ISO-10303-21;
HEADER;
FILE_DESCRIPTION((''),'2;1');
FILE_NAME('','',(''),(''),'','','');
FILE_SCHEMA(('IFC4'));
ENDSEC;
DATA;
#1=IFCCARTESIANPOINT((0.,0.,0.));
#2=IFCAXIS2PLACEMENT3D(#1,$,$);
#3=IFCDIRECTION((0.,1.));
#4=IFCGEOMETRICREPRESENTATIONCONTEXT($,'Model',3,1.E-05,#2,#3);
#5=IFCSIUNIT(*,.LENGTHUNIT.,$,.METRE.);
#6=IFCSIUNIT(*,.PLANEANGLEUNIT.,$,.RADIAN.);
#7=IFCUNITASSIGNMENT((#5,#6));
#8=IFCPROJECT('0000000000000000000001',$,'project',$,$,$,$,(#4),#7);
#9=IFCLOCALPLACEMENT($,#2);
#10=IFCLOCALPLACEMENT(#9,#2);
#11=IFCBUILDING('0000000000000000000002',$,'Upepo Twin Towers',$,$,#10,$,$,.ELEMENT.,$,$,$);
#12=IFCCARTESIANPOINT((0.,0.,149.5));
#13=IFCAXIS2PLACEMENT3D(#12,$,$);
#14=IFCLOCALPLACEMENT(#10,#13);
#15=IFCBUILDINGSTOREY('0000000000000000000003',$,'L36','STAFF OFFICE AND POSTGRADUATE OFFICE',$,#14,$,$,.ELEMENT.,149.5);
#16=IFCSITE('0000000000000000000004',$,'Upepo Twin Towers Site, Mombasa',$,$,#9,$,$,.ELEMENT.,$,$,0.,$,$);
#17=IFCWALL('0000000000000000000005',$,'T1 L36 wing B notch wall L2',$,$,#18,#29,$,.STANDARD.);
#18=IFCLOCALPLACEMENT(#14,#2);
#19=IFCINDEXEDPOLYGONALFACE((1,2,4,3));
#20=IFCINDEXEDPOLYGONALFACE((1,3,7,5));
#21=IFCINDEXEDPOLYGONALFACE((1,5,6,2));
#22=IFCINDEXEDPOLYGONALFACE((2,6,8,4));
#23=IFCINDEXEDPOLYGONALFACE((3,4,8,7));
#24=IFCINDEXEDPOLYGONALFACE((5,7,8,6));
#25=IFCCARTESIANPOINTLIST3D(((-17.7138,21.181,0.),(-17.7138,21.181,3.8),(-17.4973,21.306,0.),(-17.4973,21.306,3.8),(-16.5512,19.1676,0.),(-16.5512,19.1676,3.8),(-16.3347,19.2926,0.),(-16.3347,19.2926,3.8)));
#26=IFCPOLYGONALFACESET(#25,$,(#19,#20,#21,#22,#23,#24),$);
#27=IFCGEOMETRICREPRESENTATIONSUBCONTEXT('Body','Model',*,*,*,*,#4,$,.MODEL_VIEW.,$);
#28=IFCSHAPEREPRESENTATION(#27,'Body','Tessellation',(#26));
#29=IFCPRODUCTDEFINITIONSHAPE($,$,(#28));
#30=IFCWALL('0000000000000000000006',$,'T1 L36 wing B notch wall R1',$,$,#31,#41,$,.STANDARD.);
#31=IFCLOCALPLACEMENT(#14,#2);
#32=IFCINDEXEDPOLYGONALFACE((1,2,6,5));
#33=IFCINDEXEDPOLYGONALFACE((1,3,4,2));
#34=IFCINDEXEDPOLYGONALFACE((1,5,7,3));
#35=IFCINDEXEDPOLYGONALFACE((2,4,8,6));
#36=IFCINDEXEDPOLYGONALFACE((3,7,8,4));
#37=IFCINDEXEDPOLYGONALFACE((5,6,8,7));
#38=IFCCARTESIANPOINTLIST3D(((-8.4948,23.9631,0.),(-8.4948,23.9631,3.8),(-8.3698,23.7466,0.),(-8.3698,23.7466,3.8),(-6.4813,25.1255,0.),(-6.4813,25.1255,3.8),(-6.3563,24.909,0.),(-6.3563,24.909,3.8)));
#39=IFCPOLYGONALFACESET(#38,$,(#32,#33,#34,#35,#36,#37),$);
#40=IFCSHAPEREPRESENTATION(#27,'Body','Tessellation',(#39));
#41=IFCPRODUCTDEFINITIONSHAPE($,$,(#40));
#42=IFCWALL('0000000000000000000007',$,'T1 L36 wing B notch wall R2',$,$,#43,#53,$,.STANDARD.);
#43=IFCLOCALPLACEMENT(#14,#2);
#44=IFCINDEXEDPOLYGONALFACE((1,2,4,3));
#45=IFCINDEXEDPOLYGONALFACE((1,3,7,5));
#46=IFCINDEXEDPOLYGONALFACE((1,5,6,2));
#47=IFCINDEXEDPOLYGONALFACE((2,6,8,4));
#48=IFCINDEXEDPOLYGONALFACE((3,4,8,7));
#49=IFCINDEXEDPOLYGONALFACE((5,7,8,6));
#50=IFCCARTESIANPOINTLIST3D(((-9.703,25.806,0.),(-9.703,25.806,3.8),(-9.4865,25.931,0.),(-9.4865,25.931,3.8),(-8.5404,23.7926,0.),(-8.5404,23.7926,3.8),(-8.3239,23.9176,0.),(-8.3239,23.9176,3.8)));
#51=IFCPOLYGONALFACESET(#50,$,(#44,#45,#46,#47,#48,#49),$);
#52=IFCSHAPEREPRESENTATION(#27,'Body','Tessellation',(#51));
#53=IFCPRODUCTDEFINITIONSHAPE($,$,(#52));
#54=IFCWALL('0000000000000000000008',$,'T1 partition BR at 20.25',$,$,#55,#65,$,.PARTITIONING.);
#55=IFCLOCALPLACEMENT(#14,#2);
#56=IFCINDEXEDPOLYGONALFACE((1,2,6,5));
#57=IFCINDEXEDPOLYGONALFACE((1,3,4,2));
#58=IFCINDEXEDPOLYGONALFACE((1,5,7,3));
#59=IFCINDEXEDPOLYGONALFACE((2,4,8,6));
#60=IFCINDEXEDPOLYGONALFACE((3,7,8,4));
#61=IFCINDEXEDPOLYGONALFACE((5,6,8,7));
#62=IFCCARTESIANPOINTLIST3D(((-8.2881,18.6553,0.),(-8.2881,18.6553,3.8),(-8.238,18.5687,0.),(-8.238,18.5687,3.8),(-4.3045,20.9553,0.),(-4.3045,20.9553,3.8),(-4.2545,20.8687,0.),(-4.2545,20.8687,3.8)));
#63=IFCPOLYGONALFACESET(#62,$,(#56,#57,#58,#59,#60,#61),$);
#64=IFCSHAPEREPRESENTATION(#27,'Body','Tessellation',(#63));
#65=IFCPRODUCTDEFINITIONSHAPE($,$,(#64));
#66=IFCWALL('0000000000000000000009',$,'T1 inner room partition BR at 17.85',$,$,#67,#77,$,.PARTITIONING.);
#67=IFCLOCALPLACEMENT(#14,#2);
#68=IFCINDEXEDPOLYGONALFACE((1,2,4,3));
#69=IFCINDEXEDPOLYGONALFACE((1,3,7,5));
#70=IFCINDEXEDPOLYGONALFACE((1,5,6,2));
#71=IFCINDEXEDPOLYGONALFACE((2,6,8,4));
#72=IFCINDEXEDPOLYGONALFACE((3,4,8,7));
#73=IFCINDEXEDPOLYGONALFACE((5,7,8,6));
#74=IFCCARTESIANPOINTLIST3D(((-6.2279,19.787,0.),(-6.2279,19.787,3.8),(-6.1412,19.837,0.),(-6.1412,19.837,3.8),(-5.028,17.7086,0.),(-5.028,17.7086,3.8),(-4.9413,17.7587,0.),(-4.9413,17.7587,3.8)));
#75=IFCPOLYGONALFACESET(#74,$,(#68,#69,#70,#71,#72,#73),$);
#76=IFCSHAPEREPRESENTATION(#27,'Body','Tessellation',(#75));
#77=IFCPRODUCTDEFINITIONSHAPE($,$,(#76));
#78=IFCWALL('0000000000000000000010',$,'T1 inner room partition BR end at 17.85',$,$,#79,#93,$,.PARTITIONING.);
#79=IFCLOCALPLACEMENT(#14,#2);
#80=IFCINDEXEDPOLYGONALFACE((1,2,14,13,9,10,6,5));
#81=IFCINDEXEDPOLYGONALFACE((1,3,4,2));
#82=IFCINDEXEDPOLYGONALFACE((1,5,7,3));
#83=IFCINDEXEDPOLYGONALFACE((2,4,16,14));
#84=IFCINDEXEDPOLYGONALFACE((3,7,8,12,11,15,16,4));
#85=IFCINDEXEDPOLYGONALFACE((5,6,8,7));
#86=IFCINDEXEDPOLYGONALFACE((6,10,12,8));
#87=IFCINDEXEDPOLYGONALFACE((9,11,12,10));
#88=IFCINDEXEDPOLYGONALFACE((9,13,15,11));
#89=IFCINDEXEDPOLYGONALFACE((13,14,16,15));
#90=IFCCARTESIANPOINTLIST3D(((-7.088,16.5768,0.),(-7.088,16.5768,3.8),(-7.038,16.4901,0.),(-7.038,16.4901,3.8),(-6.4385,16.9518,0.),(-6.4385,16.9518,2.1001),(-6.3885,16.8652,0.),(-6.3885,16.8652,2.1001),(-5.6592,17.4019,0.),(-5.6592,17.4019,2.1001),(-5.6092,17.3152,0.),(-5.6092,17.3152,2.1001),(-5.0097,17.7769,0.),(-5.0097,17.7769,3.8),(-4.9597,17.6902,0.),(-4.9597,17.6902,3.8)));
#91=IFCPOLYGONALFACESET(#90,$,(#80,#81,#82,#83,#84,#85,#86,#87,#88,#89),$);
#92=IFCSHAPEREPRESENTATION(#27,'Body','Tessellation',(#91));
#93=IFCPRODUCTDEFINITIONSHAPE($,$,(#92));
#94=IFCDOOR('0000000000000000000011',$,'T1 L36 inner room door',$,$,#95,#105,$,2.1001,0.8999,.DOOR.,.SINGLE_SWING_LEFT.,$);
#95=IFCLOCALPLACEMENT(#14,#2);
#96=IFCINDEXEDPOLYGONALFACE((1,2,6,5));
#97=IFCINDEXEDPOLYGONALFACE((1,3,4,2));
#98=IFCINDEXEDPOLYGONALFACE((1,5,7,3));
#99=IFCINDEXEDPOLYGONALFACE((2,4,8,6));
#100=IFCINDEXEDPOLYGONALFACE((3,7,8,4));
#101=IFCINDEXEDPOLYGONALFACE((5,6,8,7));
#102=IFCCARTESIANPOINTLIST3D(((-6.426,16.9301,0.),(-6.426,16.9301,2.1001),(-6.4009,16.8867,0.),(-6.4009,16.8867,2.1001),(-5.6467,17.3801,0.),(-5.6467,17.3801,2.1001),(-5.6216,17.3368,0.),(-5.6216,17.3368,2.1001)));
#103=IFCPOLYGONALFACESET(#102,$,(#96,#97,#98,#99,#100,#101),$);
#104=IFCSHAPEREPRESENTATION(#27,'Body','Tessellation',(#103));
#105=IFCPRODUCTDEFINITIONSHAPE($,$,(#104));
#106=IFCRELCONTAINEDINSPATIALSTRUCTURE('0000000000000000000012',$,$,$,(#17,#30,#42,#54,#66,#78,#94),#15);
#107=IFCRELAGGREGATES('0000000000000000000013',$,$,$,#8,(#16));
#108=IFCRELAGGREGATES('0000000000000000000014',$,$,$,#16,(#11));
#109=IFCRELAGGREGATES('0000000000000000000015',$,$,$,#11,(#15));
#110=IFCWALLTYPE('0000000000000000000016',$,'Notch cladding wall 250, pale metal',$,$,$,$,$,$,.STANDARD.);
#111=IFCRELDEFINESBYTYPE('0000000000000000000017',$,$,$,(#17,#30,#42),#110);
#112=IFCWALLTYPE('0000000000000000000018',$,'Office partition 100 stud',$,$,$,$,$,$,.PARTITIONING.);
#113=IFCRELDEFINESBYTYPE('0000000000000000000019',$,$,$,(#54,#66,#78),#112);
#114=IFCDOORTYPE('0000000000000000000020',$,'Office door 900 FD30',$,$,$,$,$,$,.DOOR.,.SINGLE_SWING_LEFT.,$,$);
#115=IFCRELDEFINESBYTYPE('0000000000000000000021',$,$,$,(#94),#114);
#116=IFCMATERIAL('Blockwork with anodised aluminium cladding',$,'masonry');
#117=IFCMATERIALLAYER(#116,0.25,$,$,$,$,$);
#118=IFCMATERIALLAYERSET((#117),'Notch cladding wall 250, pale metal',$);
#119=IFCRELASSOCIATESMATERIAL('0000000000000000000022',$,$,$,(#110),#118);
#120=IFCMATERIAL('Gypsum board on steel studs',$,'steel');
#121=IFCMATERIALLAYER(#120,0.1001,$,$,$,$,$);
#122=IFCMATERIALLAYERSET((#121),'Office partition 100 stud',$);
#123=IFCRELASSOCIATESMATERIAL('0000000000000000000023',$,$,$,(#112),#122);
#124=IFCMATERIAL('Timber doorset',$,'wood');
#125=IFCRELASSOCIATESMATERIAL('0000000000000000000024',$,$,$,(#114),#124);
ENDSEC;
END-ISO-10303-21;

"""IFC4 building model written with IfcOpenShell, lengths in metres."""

from ifc_helpers import new_model, si_unit, direction, frame, frame_2d, origin, place, context, subcontext, project, spatial, rectangle, extrude, material, layer, layer_set, type_object, element, fill, save


model = new_model("IFC4")

# Units and contexts
model_context = context("Model", 3, precision=1e-05, world=origin(), true_north=direction((0.0, 1.0)))
body_context = subcontext(model_context, "Body", "Model", "MODEL_VIEW")
ifc_project = project(units=[si_unit("LENGTHUNIT", "METRE"), si_unit("PLANEANGLEUNIT", "RADIAN")], contexts=[model_context])

# Site, building, storey
site_placement = place(None, origin())
site = spatial("IfcSite", under=ifc_project, at=site_placement, Name="Upepo Twin Towers Site, Mombasa", CompositionType="ELEMENT", RefElevation=0.0)
building_placement = place(site_placement, origin())
building = spatial("IfcBuilding", under=site, at=building_placement, Name="Upepo Twin Towers", CompositionType="ELEMENT")
storey_placement = place(building_placement, frame((0.0, 0.0, 149.5)))
storey = spatial("IfcBuildingStorey", under=building, at=storey_placement, Name="L36", Description="STAFF OFFICE AND POSTGRADUATE OFFICE", CompositionType="ELEMENT", Elevation=149.5)

# Walls
ifc_material_1 = material(Name="Blockwork with anodised aluminium cladding", Category="masonry")
ifc_layer_1 = layer(ifc_material_1, 0.25)
ifc_layer_set_1 = layer_set([ifc_layer_1], Name="Notch cladding wall 250, pale metal")
wall_type_1 = type_object("IfcWallType", Name="Notch cladding wall 250, pale metal", PredefinedType="STANDARD", material=ifc_layer_set_1)
for number, where, z_axis, x_axis, name in (
    (1, (-16.4429, 19.23, 0.0), (0.0, 0.0, 1.0), (-0.500047, 0.865998, 0.0), "T1 L36 wing B notch wall L2"),
    (2, (-6.4187, 25.0173, 0.0), (0.0, 0.0, 1.0), (-0.866044, -0.499968, 0.0), "T1 L36 wing B notch wall R1"),
    (3, (-8.4321, 23.855, 0.0), (0.0, 0.0, 1.0), (-0.500047, 0.865998, 0.0), "T1 L36 wing B notch wall R2"),
):
    element("IfcWall", number, at=place(storey_placement, frame(where, z_axis=z_axis, x_axis=x_axis)), inside=storey, type_object=wall_type_1, Name=name, PredefinedType="STANDARD", context=body_context, shape_type="SweptSolid", body=[
        extrude(rectangle(XDim=2.325, YDim=0.25, at=frame_2d((1.1626, 0.0))), origin(), (0.0, 0.0, 1.0), 3.8),
    ])
ifc_material_2 = material(Name="Gypsum board on steel studs", Category="steel")
ifc_layer_2 = layer(ifc_material_2, 0.1001)
ifc_layer_set_2 = layer_set([ifc_layer_2], Name="Office partition 100 stud")
wall_type_2 = type_object("IfcWallType", Name="Office partition 100 stud", PredefinedType="PARTITIONING", material=ifc_layer_set_2)
wall_1_placement = place(storey_placement, frame((-8.2629, 18.6121, 0.0), z_axis=(0.0, 0.0, 1.0), x_axis=(0.866017, 0.500015, 0.0)))
element("IfcWall", 4, at=wall_1_placement, inside=storey, type_object=wall_type_2, Name="T1 partition BR at 20.25", PredefinedType="PARTITIONING", context=body_context, shape_type="SweptSolid", body=[
    extrude(rectangle(XDim=4.5999, YDim=0.1001, at=frame_2d((2.2998, 0.0))), origin(), (0.0, 0.0, 1.0), 3.8),
])
wall_2_placement = place(storey_placement, frame((-4.9846, 17.7336, 0.0), z_axis=(0.0, 0.0, 1.0), x_axis=(-0.500001, 0.866025, 0.0)))
element("IfcWall", 5, at=wall_2_placement, inside=storey, type_object=wall_type_2, Name="T1 inner room partition BR at 17.85", PredefinedType="PARTITIONING", context=body_context, shape_type="SweptSolid", body=[
    extrude(rectangle(XDim=2.3999, YDim=0.1001, at=frame_2d((1.2, 0.0))), origin(), (0.0, 0.0, 1.0), 3.8),
])

# Wall, opening, door
wall_3_placement = place(storey_placement, frame((-7.063, 16.5334, 0.0), z_axis=(0.0, 0.0, 1.0), x_axis=(0.865981, 0.500078, 0.0)))
wall_3 = element("IfcWall", 6, at=wall_3_placement, inside=storey, type_object=wall_type_2, Name="T1 inner room partition BR end at 17.85", PredefinedType="PARTITIONING", context=body_context, shape_type="SweptSolid", body=[
    extrude(rectangle(XDim=2.3999, YDim=0.1001, at=frame_2d((1.2, 0.0))), origin(), (0.0, 0.0, 1.0), 3.8),
])
opening_placement = place(wall_3_placement, frame((0.75, 0.0, 0.0)))
opening = element("IfcOpeningElement", 7, at=opening_placement, cuts=wall_3, PredefinedType="OPENING", context=body_context, shape_type="SweptSolid", body=[
    extrude(rectangle(XDim=0.8999, YDim=2.1001, at=frame_2d((0.45, 1.05))), frame((0.0, 0.0601, 0.0), z_axis=(0.0, -1.0, 0.0), x_axis=(1.0, 0.0, 0.0)), (0.0, 0.0, 1.0), 0.1201),
])
ifc_material_3 = material(Name="Timber doorset", Category="wood")
door_type = type_object("IfcDoorType", Name="Office door 900 FD30", OperationType="SINGLE_SWING_LEFT", PredefinedType="DOOR", material=ifc_material_3)
door_placement = place(opening_placement, origin())
door = element("IfcDoor", 8, at=door_placement, inside=storey, type_object=door_type, Name="T1 L36 inner room door", OperationType="SINGLE_SWING_LEFT", OverallHeight=2.1001, OverallWidth=0.8999, PredefinedType="DOOR", context=body_context, shape_type="SweptSolid", body=[
    extrude(rectangle(XDim=0.8999, YDim=2.1001, at=frame_2d((0.45, 1.05))), frame((0.0, 0.0249, 0.0), z_axis=(0.0, -1.0, 0.0), x_axis=(1.0, 0.0, 0.0)), (0.0, 0.0, 1.0), 0.05),
])
fill(opening, door)

save(model, "model.ifc")
